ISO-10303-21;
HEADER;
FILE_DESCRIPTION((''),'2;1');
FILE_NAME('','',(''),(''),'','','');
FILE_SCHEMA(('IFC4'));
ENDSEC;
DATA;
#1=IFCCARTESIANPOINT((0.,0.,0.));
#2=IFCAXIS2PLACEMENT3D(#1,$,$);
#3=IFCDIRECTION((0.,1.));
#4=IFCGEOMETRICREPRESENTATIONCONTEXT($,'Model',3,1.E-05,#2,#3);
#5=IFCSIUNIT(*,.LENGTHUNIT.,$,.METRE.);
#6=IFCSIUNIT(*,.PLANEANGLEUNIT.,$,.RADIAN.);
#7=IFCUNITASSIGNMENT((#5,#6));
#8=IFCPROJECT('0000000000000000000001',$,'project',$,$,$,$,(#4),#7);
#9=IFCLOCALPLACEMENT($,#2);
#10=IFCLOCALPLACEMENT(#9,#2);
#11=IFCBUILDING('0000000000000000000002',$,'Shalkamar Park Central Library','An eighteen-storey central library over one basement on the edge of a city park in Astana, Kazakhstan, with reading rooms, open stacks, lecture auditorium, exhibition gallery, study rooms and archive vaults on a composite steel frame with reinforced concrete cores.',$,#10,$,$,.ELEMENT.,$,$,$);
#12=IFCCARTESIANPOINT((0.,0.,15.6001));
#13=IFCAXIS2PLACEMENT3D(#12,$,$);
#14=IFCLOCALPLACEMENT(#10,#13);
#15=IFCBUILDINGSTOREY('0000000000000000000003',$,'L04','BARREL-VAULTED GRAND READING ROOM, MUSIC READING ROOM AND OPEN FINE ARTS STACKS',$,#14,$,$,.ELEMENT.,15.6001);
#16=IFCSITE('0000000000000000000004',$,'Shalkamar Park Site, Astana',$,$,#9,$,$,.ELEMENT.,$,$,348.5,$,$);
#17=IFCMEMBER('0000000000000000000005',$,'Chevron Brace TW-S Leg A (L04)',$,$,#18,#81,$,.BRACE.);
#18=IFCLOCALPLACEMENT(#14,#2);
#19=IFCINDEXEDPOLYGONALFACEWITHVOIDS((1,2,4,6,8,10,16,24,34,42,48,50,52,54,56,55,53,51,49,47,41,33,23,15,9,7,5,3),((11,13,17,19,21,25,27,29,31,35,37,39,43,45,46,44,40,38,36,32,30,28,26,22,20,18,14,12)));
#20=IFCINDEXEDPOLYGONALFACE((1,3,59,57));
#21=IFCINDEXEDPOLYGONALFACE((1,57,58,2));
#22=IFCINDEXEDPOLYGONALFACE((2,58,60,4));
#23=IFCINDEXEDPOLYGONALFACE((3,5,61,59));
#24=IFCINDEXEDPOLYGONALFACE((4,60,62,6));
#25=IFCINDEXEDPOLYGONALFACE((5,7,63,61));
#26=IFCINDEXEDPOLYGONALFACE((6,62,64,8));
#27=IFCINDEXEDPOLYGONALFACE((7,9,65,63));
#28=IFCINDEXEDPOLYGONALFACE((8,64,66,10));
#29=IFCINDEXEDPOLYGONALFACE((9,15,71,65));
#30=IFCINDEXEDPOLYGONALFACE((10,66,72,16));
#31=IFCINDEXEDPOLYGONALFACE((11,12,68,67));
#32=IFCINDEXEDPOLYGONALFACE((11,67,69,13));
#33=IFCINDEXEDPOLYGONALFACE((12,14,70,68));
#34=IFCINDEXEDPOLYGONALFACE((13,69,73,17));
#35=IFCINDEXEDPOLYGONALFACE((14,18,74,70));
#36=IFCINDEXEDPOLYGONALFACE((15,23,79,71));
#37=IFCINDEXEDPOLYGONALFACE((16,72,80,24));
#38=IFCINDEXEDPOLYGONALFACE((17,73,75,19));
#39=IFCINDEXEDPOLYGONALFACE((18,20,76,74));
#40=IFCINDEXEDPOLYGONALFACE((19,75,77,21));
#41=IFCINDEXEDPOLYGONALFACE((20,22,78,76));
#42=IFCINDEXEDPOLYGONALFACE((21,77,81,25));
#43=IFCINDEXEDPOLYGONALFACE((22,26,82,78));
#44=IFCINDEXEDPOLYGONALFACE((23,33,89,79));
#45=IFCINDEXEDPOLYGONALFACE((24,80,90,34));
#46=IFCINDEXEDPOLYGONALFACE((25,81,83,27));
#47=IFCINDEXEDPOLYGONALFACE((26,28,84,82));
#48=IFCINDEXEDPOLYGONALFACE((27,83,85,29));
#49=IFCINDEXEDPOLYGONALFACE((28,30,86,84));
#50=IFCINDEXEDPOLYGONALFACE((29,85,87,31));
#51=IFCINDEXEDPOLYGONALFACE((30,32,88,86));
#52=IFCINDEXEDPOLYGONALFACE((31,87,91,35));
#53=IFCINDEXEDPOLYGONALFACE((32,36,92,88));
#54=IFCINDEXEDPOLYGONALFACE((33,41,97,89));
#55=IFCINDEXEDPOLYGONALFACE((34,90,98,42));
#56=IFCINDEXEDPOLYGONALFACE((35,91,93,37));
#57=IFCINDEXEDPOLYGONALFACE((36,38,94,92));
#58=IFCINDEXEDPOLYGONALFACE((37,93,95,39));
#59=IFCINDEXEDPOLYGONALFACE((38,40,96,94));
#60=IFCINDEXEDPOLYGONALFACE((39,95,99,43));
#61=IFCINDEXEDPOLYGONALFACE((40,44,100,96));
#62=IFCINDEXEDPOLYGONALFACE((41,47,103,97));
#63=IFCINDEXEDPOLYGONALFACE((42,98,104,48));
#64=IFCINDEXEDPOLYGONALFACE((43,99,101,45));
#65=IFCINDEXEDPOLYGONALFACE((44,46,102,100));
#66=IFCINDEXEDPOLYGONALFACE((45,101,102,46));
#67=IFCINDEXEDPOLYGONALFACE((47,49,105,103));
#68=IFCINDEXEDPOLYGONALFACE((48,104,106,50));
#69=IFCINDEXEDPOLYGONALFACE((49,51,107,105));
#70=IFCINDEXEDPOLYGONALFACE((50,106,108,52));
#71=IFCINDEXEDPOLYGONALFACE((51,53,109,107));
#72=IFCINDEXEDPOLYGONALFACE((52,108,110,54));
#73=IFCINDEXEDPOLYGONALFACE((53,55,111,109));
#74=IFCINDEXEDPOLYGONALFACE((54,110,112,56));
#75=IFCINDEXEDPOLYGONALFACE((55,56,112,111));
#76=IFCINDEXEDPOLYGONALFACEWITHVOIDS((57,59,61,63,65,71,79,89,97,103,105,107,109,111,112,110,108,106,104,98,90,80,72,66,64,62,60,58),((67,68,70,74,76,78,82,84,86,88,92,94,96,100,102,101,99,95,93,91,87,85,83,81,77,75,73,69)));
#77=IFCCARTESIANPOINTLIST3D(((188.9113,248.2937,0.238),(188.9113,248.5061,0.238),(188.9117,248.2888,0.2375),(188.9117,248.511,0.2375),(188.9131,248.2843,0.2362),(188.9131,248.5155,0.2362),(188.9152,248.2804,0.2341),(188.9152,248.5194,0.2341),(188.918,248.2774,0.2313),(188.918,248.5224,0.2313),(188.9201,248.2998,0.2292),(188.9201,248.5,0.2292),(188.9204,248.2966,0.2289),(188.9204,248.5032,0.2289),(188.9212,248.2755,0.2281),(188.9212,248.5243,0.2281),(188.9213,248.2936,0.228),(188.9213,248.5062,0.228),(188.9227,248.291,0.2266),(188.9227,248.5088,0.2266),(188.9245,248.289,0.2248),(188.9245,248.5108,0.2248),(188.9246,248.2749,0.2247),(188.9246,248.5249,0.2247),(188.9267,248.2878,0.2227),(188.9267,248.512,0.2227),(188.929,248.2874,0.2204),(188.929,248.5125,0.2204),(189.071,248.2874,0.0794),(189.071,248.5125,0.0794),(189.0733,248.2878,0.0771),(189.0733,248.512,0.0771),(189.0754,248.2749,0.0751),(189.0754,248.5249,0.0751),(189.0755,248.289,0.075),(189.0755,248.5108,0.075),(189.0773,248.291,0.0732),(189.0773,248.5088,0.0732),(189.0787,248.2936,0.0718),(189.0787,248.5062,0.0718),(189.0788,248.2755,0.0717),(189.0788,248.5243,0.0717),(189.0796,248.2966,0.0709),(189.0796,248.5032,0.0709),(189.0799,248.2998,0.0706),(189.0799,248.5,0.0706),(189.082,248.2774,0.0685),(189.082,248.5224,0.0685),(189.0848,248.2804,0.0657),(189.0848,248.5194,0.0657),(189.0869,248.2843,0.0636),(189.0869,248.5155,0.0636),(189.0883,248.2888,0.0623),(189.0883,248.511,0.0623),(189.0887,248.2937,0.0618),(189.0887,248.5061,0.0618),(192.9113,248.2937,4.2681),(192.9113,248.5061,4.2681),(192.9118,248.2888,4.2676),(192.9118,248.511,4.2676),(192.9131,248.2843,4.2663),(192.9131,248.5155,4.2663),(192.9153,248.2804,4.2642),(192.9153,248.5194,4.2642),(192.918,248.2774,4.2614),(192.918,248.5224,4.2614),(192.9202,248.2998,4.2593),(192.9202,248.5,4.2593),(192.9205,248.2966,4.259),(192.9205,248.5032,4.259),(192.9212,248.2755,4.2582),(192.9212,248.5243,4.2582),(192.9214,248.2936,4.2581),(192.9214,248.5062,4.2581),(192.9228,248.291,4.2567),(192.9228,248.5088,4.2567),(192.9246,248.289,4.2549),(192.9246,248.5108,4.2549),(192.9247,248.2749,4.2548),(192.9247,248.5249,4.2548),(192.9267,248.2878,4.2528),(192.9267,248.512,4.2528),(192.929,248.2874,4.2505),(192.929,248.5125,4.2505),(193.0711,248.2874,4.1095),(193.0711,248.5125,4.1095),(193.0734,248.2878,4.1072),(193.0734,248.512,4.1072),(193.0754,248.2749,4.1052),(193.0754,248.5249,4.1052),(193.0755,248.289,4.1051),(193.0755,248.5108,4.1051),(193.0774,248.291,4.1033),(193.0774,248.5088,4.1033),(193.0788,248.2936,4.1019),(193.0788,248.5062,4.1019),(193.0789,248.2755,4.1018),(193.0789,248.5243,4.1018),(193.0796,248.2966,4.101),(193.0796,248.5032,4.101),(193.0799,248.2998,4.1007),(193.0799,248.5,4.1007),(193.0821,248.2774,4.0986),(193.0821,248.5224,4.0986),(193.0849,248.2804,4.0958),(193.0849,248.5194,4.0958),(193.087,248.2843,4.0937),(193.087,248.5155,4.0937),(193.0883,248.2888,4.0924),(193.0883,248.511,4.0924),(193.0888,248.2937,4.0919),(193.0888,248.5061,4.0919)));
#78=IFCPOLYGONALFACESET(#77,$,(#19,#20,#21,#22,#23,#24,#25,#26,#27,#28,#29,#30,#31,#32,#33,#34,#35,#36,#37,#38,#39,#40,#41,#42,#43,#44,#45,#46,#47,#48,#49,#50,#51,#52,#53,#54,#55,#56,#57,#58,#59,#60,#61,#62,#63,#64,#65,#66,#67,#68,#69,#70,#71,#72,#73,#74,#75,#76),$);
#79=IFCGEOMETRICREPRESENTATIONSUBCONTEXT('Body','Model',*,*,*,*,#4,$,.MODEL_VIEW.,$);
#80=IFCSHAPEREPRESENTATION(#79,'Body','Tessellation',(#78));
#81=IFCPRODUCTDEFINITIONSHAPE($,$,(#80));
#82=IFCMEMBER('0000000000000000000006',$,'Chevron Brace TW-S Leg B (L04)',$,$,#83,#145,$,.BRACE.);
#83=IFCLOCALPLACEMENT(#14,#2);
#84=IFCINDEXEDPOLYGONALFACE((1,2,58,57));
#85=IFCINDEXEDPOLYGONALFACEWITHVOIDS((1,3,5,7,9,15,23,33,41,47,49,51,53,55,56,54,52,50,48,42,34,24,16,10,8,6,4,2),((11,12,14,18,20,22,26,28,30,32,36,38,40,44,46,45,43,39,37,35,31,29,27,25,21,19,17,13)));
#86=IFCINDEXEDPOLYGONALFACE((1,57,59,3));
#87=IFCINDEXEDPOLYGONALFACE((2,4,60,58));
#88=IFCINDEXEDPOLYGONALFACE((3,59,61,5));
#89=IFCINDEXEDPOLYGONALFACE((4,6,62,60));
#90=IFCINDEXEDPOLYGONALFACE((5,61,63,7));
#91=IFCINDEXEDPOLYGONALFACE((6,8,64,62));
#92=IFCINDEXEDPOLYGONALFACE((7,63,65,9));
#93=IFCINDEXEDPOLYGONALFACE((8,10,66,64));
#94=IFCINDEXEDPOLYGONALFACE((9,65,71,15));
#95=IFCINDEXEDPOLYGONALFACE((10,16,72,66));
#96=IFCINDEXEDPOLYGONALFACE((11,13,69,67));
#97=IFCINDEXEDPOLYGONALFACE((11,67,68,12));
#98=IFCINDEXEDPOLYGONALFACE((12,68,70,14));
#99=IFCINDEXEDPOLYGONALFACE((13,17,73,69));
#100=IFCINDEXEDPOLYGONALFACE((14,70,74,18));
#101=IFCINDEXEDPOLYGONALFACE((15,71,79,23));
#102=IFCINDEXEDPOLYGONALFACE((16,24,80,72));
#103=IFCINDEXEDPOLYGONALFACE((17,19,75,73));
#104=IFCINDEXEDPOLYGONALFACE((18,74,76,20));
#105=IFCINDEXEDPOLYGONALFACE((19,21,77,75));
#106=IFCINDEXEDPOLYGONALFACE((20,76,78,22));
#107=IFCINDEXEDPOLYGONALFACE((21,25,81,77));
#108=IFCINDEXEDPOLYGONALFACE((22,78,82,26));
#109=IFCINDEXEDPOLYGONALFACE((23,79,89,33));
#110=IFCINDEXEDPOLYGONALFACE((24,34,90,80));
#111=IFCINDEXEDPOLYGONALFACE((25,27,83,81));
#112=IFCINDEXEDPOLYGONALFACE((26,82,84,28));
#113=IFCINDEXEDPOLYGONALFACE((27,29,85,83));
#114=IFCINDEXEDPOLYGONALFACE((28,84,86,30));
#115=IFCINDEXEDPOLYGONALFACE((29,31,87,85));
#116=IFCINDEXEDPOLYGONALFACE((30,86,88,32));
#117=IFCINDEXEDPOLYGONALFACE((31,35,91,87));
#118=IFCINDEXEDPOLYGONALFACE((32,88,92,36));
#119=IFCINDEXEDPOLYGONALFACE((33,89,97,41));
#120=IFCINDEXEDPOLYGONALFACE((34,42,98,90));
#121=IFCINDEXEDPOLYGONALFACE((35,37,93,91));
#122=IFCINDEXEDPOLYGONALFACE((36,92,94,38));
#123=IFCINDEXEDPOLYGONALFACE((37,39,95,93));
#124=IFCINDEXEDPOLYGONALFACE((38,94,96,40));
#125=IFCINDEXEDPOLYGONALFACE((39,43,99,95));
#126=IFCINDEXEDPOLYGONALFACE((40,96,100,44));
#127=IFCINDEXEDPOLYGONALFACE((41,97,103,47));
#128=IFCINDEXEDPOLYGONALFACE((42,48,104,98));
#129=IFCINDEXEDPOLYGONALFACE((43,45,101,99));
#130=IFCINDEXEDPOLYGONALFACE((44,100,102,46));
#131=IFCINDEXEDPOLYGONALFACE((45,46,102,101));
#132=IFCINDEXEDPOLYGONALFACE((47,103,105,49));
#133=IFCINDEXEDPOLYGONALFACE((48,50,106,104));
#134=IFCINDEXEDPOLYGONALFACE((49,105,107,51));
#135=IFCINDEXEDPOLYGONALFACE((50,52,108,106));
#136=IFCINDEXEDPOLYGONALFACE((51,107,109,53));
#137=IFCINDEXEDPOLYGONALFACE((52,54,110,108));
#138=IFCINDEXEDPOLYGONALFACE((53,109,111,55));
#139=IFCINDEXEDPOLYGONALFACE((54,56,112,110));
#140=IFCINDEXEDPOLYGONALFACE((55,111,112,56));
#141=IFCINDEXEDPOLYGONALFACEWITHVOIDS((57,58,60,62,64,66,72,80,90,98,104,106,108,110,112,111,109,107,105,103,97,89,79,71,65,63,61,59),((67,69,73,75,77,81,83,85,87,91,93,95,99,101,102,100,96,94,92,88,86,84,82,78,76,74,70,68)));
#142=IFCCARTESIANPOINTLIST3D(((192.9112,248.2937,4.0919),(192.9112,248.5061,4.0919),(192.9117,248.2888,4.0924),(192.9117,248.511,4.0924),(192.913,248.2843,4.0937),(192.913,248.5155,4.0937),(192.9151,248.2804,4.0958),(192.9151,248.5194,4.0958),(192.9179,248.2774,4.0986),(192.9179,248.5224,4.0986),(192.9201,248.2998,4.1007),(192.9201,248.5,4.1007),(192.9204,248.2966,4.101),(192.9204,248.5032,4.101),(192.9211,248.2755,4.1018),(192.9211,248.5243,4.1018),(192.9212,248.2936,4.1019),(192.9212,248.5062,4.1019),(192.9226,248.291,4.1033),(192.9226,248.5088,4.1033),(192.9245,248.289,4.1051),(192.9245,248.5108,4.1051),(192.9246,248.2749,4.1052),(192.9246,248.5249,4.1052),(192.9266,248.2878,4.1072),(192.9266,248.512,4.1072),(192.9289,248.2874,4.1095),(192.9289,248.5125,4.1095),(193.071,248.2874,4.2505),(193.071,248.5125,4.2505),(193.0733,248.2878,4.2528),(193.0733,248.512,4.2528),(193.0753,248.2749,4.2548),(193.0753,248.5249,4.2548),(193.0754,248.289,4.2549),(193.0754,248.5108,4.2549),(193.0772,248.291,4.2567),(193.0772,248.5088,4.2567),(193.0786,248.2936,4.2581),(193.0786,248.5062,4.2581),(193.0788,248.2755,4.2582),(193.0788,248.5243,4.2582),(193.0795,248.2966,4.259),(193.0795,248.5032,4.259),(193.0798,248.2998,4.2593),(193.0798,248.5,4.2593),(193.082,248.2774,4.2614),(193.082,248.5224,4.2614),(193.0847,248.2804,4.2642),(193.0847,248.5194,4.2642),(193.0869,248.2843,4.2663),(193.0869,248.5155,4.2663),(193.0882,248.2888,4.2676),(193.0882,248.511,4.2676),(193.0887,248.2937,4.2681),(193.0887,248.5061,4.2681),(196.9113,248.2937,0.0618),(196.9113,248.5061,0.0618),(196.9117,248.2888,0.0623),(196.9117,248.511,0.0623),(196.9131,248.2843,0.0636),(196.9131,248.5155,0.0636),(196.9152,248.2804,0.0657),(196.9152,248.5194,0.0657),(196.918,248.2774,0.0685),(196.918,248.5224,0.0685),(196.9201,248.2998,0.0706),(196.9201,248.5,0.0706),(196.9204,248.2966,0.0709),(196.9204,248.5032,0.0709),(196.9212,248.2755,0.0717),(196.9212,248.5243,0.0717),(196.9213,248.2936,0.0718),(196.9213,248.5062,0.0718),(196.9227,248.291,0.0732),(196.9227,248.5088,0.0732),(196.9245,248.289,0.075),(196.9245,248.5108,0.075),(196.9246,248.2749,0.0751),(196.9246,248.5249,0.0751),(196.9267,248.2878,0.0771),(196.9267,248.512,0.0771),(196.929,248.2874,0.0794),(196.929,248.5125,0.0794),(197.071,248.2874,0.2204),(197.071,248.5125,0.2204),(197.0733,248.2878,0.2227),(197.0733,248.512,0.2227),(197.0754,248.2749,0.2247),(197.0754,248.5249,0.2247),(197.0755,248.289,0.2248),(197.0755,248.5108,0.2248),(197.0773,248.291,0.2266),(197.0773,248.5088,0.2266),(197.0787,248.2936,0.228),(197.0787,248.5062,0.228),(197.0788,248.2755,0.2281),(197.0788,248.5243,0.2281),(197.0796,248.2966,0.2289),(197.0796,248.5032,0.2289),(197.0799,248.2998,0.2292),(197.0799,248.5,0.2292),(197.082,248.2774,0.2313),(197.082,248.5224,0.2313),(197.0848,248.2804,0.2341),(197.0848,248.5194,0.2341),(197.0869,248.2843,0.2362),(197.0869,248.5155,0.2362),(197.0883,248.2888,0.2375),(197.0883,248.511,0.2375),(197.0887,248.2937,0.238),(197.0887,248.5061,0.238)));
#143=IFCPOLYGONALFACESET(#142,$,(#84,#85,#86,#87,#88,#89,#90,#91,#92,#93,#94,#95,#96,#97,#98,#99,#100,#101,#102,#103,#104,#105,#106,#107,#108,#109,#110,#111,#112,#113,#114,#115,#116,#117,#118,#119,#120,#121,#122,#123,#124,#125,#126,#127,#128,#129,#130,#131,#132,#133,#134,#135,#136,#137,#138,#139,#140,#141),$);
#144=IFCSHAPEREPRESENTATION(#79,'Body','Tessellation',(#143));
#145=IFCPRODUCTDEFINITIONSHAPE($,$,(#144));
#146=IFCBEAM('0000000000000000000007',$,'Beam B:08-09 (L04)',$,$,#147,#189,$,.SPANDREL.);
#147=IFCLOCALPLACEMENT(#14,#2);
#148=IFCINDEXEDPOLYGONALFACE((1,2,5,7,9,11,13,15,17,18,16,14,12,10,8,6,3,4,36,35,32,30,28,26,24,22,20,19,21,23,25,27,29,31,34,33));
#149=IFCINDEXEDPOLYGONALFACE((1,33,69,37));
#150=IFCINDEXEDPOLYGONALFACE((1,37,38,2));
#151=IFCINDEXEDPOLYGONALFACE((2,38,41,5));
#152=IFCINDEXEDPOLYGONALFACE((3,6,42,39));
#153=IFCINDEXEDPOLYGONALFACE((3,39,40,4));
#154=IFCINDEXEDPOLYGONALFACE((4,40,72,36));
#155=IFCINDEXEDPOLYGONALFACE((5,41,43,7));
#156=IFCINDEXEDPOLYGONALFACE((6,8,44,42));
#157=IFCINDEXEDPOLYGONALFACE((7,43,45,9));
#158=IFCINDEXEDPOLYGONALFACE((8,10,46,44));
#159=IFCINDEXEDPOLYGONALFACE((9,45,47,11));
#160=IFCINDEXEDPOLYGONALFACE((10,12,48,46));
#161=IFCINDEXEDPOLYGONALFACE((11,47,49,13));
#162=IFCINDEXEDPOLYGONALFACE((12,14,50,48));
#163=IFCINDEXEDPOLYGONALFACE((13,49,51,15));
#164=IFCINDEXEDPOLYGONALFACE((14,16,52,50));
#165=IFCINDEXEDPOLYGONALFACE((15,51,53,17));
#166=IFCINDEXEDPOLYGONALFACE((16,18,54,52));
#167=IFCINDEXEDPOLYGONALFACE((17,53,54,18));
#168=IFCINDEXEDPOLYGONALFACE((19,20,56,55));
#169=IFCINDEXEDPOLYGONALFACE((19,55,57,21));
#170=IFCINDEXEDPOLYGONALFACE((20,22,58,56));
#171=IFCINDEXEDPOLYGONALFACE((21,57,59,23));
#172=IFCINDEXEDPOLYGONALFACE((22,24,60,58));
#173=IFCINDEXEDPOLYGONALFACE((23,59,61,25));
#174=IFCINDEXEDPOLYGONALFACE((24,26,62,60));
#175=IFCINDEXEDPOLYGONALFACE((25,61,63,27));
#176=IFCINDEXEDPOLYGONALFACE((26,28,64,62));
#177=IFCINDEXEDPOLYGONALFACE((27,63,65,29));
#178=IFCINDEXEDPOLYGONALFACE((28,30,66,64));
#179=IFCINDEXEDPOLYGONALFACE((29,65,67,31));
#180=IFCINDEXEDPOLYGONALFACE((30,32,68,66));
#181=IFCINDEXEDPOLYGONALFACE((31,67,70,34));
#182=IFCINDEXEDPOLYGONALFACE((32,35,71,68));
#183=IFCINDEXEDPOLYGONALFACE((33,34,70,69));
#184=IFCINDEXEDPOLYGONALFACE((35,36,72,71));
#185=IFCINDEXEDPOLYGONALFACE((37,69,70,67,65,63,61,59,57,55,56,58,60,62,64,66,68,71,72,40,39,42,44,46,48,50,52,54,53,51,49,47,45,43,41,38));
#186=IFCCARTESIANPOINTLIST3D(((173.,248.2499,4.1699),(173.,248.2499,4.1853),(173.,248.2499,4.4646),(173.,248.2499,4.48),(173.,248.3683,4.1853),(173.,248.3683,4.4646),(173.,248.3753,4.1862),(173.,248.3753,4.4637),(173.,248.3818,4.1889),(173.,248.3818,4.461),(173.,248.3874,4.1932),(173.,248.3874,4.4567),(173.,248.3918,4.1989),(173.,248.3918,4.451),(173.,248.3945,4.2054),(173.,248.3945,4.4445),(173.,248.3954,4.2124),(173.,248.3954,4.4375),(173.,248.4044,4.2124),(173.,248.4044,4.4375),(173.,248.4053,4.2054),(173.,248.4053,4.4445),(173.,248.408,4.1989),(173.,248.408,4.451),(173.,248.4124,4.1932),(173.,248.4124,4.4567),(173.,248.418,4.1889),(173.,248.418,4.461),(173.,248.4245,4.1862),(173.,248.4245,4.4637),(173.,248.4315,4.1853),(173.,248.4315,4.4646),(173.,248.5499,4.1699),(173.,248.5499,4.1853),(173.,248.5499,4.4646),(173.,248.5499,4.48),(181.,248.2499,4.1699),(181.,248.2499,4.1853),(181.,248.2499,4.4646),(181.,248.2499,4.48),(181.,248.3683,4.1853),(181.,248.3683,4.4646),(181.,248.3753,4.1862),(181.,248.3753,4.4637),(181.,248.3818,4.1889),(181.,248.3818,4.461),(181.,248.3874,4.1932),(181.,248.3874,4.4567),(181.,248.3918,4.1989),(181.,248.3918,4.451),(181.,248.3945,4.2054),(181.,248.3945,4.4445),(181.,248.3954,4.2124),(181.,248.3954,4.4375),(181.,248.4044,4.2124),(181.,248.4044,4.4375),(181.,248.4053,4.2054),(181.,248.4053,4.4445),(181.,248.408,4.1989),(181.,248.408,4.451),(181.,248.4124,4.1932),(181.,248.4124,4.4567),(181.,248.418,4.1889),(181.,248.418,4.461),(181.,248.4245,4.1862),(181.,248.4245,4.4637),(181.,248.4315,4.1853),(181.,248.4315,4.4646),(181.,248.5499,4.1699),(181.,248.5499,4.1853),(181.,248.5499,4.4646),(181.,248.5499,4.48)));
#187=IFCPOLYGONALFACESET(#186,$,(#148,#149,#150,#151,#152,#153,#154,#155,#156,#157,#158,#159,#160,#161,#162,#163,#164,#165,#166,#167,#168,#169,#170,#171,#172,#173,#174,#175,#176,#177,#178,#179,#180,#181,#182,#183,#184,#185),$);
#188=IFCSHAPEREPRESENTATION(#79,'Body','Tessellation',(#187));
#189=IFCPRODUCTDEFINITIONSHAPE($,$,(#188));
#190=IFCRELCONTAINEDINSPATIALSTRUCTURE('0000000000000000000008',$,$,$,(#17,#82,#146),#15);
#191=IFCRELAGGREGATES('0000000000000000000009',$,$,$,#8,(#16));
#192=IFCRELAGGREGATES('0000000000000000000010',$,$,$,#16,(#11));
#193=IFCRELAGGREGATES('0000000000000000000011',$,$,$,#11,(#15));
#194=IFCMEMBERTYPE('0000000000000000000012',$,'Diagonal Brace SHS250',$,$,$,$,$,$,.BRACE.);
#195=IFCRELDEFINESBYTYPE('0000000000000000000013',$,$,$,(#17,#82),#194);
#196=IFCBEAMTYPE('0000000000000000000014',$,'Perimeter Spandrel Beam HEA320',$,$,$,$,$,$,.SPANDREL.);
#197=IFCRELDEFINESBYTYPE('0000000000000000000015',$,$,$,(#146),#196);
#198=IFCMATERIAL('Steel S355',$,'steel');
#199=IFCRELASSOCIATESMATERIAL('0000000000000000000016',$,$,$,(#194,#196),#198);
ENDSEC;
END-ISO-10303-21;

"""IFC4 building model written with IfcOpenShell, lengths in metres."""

from ifc_helpers import new_model, si_unit, direction, frame, origin, origin_2d, place, context, subcontext, project, spatial, hollow_rectangle, i_section, extrude, material, material_profile, profile_set, type_object, element, save


model = new_model("IFC4")

# Units and contexts
model_context = context("Model", 3, precision=1e-05, world=origin(), true_north=direction((0.0, 1.0)))
body_context = subcontext(model_context, "Body", "Model", "MODEL_VIEW")
ifc_project = project(units=[si_unit("LENGTHUNIT", "METRE"), si_unit("PLANEANGLEUNIT", "RADIAN")], contexts=[model_context])

# Site, building, storey
site_placement = place(None, origin())
site = spatial("IfcSite", under=ifc_project, at=site_placement, Name="Shalkamar Park Site, Astana", CompositionType="ELEMENT", RefElevation=348.5)
building_placement = place(site_placement, origin())
building = spatial("IfcBuilding", under=site, at=building_placement, Name="Shalkamar Park Central Library", Description="An eighteen-storey central library over one basement on the edge of a city park in Astana, Kazakhstan, with reading rooms, open stacks, lecture auditorium, exhibition gallery, study rooms and archive vaults on a composite steel frame with reinforced concrete cores.", CompositionType="ELEMENT")
storey_placement = place(building_placement, frame((0.0, 0.0, 15.6001)))
storey = spatial("IfcBuildingStorey", under=building, at=storey_placement, Name="L04", Description="BARREL-VAULTED GRAND READING ROOM, MUSIC READING ROOM AND OPEN FINE ARTS STACKS", CompositionType="ELEMENT", Elevation=15.6001)

# Shared definitions
ifc_material_1 = material(Name="Steel S355", Category="steel")

# Members
ifc_material_profile_1 = material_profile(ifc_material_1, hollow_rectangle(XDim=0.25, YDim=0.25, WallThickness=0.0125, InnerFilletRadius=0.0125, OuterFilletRadius=0.0188, at=origin_2d()), Name="SHS 250x250x12.5")
ifc_profile_set_1 = profile_set([ifc_material_profile_1], Name="Steel S355")
member_type = type_object("IfcMemberType", Name="Diagonal Brace SHS250", PredefinedType="BRACE", material=ifc_profile_set_1)
for number, where, z_axis, x_axis, name in (
    (1, (189.0, 248.3999, 0.1499), (0.704458, 0.0, 0.709746), (0.0, 1.0, 0.0), "Chevron Brace TW-S Leg A (L04)"),
    (2, (197.0, 248.3999, 0.1499), (-0.704458, 0.0, 0.709746), (0.0, -1.0, 0.0), "Chevron Brace TW-S Leg B (L04)"),
):
    element("IfcMember", number, at=place(storey_placement, frame(where, z_axis=z_axis, x_axis=x_axis)), inside=storey, type_object=member_type, Name=name, PredefinedType="BRACE", context=body_context, shape_type="SweptSolid", body=[
        extrude(hollow_rectangle(XDim=0.25, YDim=0.25, WallThickness=0.0125, InnerFilletRadius=0.0125, OuterFilletRadius=0.0188, at=origin_2d()), origin(), (0.0, 0.0, 1.0), 5.6782),
    ])

# Beam
ifc_material_profile_2 = material_profile(ifc_material_1, i_section(OverallWidth=0.3, OverallDepth=0.3101, WebThickness=0.009, FlangeThickness=0.0154, FilletRadius=0.0271, at=origin_2d()), Name="HEA 320")
ifc_profile_set_2 = profile_set([ifc_material_profile_2], Name="Steel S355")
beam_type_1 = type_object("IfcBeamType", Name="Perimeter Spandrel Beam HEA320", PredefinedType="SPANDREL", material=ifc_profile_set_2)
for number, where, z_axis, x_axis, name in (
    (3, (173.0, 248.3999, 4.325), (1.0, 0.0, 0.0), (0.0, 1.0, 0.0), "Beam B:08-09 (L04)"),
):
    element("IfcBeam", number, at=place(storey_placement, frame(where, z_axis=z_axis, x_axis=x_axis)), inside=storey, type_object=beam_type_1, Name=name, PredefinedType="SPANDREL", context=body_context, shape_type="SweptSolid", body=[
        extrude(i_section(OverallWidth=0.3, OverallDepth=0.3101, WebThickness=0.009, FlangeThickness=0.0154, FilletRadius=0.0271, at=origin_2d()), origin(), (0.0, 0.0, 1.0), 8.0),
    ])

save(model, "model.ifc")
